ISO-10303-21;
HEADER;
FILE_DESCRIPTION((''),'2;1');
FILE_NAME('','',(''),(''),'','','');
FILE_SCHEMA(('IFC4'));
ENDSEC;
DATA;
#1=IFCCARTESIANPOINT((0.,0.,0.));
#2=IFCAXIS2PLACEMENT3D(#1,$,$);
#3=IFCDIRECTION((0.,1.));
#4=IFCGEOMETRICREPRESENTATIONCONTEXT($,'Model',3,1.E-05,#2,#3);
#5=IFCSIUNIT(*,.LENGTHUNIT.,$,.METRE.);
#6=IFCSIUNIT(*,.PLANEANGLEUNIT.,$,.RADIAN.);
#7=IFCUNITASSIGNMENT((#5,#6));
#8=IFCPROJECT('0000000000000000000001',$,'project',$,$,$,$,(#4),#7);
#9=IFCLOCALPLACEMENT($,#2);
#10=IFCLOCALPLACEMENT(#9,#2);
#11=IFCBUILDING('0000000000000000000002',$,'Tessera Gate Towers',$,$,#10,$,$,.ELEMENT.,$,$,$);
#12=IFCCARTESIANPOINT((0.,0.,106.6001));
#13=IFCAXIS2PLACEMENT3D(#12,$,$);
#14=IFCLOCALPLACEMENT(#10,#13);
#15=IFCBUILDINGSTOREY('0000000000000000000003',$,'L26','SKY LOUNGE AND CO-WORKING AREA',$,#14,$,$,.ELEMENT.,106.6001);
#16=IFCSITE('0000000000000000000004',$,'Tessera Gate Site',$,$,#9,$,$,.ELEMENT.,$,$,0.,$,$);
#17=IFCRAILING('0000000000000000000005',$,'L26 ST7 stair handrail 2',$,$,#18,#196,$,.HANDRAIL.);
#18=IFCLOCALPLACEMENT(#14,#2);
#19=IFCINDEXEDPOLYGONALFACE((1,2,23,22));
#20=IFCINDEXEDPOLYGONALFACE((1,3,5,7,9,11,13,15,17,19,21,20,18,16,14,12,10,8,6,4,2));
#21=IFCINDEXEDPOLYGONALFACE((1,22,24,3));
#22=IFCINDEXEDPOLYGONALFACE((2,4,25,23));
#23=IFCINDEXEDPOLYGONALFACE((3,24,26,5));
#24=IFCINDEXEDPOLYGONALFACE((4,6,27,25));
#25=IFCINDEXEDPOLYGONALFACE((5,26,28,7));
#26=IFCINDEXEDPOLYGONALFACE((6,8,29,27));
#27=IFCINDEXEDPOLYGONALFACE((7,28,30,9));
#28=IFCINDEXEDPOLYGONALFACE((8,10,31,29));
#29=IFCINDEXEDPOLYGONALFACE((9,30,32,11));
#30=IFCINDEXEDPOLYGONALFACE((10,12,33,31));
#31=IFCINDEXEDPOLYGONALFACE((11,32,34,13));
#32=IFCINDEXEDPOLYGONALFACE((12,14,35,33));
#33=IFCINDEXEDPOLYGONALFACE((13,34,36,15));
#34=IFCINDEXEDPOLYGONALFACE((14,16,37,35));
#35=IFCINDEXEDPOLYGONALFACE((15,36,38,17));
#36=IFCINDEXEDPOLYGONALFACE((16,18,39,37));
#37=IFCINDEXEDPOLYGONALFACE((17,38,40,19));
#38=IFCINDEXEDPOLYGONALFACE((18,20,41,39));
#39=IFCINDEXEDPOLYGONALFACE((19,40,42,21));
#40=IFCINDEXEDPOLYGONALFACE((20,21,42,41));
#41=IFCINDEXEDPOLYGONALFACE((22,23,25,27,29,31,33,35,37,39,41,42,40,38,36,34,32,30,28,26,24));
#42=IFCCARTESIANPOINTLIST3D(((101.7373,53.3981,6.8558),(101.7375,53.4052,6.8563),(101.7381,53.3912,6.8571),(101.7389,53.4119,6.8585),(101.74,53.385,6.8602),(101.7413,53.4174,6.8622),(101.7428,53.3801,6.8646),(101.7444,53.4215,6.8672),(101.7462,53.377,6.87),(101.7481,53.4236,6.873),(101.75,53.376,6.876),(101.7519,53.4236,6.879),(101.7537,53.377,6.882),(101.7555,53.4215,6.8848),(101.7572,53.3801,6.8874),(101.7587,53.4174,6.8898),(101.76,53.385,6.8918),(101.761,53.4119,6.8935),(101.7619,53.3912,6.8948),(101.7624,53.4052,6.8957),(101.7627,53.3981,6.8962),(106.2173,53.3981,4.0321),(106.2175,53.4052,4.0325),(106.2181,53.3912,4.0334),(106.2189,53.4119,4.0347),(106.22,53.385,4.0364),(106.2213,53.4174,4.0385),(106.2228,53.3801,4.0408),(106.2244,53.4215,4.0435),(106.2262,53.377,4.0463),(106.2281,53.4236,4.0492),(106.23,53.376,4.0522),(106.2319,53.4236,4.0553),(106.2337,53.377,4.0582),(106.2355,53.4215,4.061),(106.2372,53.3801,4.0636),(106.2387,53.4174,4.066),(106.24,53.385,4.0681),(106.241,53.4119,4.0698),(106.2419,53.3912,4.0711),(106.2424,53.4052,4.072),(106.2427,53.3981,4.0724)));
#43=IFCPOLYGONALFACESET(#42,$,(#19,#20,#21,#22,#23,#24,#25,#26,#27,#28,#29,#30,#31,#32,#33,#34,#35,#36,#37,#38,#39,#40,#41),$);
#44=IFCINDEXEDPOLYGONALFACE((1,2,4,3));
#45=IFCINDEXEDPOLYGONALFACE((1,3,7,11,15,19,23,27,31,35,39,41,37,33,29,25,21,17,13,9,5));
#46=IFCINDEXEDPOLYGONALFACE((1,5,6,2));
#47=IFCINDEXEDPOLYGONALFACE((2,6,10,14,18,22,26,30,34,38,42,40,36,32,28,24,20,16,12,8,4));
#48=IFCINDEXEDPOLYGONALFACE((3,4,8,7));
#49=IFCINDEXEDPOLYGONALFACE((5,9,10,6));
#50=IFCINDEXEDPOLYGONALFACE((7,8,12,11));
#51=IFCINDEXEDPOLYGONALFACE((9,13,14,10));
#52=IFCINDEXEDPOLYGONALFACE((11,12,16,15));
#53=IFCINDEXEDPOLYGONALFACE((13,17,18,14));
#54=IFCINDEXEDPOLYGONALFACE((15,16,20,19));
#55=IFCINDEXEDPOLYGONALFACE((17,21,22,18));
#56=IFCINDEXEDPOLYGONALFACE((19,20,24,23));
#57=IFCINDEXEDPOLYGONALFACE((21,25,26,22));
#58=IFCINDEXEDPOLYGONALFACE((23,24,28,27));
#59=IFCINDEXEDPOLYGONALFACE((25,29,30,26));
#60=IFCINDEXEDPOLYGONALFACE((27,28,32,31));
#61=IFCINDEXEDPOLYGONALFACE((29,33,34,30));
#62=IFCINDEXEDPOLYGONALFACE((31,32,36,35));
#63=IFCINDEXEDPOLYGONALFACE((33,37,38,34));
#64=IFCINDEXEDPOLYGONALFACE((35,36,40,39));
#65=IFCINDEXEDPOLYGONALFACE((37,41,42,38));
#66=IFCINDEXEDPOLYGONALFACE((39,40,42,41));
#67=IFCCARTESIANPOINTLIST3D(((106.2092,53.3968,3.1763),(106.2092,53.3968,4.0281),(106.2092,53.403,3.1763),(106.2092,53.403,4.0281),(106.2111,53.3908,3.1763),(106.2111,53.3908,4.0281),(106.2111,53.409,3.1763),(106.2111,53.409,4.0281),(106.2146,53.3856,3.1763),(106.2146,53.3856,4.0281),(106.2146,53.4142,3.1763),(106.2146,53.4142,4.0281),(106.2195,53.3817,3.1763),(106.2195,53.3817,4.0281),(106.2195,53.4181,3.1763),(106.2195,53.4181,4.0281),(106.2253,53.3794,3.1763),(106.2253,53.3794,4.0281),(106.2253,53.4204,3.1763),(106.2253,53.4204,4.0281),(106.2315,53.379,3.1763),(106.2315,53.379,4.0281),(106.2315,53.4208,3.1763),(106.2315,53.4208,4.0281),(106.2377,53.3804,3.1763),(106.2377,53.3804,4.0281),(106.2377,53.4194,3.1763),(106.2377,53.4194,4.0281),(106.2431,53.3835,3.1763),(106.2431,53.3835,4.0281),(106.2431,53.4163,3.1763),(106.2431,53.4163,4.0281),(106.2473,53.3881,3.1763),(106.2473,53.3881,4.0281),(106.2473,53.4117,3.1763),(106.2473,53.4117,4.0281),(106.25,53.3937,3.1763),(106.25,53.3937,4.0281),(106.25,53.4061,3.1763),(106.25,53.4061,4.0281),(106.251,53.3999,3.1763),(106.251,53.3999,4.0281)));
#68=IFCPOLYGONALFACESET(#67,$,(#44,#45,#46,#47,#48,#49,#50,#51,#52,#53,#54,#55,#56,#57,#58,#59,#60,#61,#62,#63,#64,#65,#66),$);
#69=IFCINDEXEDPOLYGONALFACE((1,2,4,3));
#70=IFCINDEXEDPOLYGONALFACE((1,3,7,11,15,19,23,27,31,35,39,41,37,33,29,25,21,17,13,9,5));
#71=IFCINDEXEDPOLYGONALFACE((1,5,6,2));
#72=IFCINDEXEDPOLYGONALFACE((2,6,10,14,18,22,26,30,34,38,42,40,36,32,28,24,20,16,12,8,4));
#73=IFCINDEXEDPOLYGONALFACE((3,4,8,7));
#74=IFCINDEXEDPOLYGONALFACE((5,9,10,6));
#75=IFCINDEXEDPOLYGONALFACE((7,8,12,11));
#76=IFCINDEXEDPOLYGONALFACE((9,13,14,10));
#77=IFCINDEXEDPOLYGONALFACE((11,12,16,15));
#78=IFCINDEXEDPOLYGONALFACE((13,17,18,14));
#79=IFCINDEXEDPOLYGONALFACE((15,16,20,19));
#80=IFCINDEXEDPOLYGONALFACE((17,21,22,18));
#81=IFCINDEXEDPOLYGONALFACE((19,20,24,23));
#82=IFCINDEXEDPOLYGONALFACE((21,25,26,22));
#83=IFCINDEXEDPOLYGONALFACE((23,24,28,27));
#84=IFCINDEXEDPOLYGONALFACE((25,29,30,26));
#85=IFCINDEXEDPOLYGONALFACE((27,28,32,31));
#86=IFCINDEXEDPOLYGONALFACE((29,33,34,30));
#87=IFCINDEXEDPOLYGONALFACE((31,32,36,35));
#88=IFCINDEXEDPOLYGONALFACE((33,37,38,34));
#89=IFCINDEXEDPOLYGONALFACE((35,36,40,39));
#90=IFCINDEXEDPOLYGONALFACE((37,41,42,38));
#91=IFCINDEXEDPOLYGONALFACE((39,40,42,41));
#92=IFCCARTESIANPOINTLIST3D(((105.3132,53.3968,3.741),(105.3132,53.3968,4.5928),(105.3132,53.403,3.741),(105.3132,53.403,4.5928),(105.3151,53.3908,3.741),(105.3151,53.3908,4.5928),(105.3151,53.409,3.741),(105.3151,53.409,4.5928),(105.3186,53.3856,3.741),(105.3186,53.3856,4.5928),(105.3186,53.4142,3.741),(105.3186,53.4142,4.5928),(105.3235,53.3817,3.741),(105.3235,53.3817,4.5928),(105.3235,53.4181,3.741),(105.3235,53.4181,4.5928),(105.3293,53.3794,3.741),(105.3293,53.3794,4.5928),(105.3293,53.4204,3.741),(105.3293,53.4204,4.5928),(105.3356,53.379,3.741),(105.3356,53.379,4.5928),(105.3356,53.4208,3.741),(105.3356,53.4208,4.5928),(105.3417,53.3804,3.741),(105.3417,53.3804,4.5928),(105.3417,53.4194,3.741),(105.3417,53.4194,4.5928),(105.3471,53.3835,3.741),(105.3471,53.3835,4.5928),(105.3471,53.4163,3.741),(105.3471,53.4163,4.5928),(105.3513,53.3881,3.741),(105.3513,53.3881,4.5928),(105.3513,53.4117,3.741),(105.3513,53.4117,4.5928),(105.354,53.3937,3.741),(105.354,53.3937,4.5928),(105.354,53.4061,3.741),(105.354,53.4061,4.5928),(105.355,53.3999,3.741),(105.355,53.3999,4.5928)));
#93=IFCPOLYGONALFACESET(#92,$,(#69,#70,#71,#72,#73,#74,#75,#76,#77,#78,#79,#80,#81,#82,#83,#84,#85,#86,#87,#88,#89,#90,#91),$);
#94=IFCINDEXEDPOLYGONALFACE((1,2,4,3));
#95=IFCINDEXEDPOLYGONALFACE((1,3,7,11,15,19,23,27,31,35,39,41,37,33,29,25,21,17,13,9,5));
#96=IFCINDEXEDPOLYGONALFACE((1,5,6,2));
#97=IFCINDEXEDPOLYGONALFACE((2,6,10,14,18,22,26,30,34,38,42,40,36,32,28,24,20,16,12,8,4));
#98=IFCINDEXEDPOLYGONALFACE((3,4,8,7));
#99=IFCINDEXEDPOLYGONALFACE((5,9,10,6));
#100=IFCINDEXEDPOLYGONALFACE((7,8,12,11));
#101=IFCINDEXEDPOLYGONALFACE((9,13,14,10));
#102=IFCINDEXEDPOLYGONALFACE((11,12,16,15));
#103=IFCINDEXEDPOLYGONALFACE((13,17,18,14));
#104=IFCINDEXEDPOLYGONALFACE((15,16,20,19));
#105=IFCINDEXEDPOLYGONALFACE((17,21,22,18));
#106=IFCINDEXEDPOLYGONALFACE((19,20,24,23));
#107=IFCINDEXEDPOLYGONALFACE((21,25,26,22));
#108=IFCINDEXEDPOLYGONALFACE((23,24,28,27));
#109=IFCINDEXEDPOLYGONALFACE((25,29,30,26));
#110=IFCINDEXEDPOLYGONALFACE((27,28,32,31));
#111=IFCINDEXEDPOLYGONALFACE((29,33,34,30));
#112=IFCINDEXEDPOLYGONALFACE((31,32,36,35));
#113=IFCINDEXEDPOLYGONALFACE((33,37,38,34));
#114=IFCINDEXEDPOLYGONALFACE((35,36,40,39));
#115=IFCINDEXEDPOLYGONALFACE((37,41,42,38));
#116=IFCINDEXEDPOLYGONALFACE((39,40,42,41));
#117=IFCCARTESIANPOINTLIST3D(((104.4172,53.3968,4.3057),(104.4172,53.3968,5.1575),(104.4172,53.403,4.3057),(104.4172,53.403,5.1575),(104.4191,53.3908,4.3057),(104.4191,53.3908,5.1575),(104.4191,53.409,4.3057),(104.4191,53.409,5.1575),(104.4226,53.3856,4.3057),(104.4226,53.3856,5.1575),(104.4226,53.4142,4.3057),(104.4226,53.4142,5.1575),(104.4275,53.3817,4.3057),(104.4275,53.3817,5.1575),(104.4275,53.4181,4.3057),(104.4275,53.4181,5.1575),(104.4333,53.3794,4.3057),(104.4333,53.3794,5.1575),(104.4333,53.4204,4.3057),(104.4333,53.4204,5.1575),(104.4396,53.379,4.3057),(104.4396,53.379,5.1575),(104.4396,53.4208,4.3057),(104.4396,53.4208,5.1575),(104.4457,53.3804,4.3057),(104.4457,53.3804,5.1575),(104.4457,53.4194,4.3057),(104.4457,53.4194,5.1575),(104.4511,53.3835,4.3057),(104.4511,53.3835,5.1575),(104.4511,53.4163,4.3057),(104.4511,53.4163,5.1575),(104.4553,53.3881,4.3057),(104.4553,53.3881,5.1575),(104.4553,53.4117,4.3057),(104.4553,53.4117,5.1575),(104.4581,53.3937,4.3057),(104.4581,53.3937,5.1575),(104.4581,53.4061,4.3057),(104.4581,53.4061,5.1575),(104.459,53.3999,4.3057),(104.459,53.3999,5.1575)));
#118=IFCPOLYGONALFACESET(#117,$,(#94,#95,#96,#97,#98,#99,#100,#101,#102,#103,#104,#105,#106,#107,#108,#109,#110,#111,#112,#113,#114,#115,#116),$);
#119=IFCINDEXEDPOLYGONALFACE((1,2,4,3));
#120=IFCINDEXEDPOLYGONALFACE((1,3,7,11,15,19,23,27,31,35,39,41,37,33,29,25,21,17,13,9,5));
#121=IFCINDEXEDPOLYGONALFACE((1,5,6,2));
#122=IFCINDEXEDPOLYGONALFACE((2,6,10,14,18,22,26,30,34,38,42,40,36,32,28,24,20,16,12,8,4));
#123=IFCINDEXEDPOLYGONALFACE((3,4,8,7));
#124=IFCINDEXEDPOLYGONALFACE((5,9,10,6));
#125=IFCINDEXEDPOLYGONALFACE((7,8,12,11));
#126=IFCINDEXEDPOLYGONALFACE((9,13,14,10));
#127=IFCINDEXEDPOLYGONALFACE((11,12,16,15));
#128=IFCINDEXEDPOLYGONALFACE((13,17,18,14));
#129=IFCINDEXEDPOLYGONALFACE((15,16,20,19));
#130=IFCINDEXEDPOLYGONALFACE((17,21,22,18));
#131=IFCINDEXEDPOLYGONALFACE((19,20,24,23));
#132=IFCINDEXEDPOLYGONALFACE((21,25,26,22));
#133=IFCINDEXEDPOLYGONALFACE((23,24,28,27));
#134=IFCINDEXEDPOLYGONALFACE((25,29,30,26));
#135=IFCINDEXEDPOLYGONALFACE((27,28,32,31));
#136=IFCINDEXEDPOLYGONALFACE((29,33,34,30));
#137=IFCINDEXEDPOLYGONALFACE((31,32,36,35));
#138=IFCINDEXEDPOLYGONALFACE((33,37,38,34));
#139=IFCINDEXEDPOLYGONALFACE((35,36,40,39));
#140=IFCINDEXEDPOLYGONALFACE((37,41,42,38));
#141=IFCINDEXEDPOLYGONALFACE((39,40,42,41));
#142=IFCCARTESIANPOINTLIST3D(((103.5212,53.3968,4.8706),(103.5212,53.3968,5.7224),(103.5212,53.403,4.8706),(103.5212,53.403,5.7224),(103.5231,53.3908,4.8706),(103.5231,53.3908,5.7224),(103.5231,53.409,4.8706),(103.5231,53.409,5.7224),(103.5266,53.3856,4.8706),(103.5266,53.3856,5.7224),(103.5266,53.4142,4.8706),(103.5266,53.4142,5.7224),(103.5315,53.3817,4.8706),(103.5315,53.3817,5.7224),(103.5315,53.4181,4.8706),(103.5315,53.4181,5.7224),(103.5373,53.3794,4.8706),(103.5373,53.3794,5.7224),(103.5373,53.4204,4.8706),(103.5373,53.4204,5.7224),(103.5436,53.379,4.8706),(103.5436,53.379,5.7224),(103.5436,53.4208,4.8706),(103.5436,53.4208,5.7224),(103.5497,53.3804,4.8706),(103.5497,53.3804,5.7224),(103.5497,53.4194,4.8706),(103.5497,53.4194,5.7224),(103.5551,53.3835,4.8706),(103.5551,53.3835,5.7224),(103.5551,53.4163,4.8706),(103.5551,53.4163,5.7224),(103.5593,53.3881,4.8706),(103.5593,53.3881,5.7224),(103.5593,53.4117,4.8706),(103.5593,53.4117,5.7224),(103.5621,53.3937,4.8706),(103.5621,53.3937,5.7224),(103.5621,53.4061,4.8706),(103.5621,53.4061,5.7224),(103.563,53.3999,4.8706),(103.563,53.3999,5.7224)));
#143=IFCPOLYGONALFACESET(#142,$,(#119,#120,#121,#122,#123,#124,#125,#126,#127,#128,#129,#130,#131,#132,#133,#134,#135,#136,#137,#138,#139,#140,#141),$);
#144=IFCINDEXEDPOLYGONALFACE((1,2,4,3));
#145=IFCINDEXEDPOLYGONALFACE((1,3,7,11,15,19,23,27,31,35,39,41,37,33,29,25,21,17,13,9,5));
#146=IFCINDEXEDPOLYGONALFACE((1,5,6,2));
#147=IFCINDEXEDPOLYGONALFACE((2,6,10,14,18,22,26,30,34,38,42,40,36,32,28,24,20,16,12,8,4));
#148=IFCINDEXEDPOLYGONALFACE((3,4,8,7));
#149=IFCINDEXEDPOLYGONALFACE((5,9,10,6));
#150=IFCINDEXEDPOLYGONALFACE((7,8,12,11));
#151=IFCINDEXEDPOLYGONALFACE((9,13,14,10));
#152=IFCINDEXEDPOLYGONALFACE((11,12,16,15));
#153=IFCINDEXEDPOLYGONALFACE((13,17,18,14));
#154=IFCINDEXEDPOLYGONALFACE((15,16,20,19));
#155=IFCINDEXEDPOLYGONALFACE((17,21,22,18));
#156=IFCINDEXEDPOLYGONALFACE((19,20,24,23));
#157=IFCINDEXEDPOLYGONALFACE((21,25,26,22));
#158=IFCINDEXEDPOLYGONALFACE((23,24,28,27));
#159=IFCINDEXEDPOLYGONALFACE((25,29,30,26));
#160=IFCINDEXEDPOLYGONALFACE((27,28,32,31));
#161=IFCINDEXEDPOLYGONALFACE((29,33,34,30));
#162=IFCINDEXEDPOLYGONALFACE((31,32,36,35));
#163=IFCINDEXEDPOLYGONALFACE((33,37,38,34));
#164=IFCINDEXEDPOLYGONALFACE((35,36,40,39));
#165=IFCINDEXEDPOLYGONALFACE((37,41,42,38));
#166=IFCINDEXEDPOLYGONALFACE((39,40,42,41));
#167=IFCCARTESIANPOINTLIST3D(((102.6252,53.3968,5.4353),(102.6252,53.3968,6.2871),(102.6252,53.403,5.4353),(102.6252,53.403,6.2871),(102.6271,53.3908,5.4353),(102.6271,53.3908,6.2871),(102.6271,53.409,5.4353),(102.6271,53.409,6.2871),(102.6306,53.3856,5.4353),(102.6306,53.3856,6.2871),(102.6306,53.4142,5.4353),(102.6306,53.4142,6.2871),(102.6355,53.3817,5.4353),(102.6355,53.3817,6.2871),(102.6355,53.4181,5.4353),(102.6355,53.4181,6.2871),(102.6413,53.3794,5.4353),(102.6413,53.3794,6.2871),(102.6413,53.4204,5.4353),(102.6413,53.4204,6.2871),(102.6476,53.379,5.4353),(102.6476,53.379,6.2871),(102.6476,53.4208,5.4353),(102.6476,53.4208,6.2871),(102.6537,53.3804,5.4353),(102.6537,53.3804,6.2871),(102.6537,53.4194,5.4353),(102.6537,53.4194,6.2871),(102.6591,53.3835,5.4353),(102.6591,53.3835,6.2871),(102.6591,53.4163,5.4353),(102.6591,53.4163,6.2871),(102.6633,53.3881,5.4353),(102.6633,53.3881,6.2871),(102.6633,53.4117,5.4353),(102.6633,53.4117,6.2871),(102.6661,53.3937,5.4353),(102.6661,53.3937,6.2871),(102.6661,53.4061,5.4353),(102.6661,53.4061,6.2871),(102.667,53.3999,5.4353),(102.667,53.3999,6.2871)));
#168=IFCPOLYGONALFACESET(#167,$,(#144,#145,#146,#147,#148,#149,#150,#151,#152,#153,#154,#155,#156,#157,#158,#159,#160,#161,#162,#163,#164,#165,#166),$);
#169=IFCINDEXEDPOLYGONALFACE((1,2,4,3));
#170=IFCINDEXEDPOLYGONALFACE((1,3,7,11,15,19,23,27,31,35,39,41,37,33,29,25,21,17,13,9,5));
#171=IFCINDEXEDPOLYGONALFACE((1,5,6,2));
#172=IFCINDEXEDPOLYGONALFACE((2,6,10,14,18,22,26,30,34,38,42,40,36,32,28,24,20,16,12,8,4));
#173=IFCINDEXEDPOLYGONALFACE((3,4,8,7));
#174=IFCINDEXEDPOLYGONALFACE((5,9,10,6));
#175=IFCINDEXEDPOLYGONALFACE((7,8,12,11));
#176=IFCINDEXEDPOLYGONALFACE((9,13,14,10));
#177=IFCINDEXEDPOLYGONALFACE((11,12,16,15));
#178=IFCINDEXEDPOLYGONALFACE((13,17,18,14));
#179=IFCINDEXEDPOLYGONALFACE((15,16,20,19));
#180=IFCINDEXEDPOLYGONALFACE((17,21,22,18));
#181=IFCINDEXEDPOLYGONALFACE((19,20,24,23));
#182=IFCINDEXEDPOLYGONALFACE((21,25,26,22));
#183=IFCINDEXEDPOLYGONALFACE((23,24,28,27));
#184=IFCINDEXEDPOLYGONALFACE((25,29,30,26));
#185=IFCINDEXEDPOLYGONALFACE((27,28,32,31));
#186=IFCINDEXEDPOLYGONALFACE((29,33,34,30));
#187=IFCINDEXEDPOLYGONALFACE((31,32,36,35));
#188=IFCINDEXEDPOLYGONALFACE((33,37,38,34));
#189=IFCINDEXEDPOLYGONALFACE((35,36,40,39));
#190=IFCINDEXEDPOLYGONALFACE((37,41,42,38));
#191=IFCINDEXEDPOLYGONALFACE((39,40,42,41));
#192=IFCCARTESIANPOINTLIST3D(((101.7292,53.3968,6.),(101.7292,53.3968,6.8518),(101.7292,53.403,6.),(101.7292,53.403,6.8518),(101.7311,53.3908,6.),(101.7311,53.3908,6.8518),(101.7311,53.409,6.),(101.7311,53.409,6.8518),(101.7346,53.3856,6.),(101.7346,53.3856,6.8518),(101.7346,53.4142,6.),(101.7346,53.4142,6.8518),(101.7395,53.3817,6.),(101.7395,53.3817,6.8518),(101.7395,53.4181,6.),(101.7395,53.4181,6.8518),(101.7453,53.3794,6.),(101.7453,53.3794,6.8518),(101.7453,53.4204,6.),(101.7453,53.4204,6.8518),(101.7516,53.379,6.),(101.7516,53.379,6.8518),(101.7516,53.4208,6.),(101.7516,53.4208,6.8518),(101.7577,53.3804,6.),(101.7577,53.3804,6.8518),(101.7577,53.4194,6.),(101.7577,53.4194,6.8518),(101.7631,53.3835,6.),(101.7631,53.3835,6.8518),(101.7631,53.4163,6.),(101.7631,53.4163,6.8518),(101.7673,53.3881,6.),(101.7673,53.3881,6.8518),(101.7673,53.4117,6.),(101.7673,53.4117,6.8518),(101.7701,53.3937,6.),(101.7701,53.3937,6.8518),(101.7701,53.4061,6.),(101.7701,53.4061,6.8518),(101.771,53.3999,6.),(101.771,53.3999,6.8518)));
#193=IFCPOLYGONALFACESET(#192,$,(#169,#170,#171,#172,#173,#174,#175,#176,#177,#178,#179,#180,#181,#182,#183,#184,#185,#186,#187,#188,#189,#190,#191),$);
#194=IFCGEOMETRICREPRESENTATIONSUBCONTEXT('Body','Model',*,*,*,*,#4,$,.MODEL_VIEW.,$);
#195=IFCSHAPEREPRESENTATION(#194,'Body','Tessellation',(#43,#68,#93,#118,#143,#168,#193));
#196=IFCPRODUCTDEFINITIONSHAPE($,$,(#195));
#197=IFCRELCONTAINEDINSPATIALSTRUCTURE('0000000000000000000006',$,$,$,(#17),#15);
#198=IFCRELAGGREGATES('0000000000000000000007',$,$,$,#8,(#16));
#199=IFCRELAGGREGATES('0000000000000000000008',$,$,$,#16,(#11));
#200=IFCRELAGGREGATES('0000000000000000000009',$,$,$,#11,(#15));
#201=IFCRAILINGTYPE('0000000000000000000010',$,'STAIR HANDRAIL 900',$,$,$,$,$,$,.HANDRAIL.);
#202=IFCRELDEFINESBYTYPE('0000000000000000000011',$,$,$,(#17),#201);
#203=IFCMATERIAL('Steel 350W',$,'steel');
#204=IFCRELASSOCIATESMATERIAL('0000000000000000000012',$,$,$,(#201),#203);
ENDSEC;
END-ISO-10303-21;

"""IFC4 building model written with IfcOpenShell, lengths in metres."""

from ifc_helpers import new_model, si_unit, direction, frame, origin, origin_2d, place, context, subcontext, project, spatial, circle, extrude, material, type_object, element, save


model = new_model("IFC4")

# Units and contexts
model_context = context("Model", 3, precision=1e-05, world=origin(), true_north=direction((0.0, 1.0)))
body_context = subcontext(model_context, "Body", "Model", "MODEL_VIEW")
ifc_project = project(units=[si_unit("LENGTHUNIT", "METRE"), si_unit("PLANEANGLEUNIT", "RADIAN")], contexts=[model_context])

# Site, building, storey
site_placement = place(None, origin())
site = spatial("IfcSite", under=ifc_project, at=site_placement, Name="Tessera Gate Site", CompositionType="ELEMENT", RefElevation=0.0)
building_placement = place(site_placement, origin())
building = spatial("IfcBuilding", under=site, at=building_placement, Name="Tessera Gate Towers", CompositionType="ELEMENT")
storey_placement = place(building_placement, frame((0.0, 0.0, 106.6001)))
storey = spatial("IfcBuildingStorey", under=building, at=storey_placement, Name="L26", Description="SKY LOUNGE AND CO-WORKING AREA", CompositionType="ELEMENT", Elevation=106.6001)

# Railing
ifc_material_1 = material(Name="Steel 350W", Category="steel")
railing_type_1 = type_object("IfcRailingType", Name="STAIR HANDRAIL 900", PredefinedType="HANDRAIL", material=ifc_material_1)
railing_1_placement = place(storey_placement, frame((106.23, 53.3999, 3.1763)))
element("IfcRailing", 1, at=railing_1_placement, inside=storey, type_object=railing_type_1, Name="L26 ST7 stair handrail 2", PredefinedType="HANDRAIL", context=body_context, shape_type="SweptSolid", body=[
    extrude(circle(Radius=0.0239, at=origin_2d()), frame((0.0, 0.0, 0.876), z_axis=(-0.845977, 0.0, 0.533219), x_axis=(0.0, -1.0, 0.0)), (0.0, 0.0, 1.0), 5.2957),
    extrude(circle(Radius=0.021, at=origin_2d()), origin(), (0.0, 0.0, 1.0), 0.8518),
    extrude(circle(Radius=0.021, at=origin_2d()), frame((-0.896, 0.0, 0.5647)), (0.0, 0.0, 1.0), 0.8518),
    extrude(circle(Radius=0.021, at=origin_2d()), frame((-1.792, 0.0, 1.1294)), (0.0, 0.0, 1.0), 0.8518),
    extrude(circle(Radius=0.021, at=origin_2d()), frame((-2.688, 0.0, 1.6943)), (0.0, 0.0, 1.0), 0.8518),
    extrude(circle(Radius=0.021, at=origin_2d()), frame((-3.584, 0.0, 2.259)), (0.0, 0.0, 1.0), 0.8518),
    extrude(circle(Radius=0.021, at=origin_2d()), frame((-4.48, 0.0, 2.8237)), (0.0, 0.0, 1.0), 0.8518),
])

save(model, "model.ifc")
